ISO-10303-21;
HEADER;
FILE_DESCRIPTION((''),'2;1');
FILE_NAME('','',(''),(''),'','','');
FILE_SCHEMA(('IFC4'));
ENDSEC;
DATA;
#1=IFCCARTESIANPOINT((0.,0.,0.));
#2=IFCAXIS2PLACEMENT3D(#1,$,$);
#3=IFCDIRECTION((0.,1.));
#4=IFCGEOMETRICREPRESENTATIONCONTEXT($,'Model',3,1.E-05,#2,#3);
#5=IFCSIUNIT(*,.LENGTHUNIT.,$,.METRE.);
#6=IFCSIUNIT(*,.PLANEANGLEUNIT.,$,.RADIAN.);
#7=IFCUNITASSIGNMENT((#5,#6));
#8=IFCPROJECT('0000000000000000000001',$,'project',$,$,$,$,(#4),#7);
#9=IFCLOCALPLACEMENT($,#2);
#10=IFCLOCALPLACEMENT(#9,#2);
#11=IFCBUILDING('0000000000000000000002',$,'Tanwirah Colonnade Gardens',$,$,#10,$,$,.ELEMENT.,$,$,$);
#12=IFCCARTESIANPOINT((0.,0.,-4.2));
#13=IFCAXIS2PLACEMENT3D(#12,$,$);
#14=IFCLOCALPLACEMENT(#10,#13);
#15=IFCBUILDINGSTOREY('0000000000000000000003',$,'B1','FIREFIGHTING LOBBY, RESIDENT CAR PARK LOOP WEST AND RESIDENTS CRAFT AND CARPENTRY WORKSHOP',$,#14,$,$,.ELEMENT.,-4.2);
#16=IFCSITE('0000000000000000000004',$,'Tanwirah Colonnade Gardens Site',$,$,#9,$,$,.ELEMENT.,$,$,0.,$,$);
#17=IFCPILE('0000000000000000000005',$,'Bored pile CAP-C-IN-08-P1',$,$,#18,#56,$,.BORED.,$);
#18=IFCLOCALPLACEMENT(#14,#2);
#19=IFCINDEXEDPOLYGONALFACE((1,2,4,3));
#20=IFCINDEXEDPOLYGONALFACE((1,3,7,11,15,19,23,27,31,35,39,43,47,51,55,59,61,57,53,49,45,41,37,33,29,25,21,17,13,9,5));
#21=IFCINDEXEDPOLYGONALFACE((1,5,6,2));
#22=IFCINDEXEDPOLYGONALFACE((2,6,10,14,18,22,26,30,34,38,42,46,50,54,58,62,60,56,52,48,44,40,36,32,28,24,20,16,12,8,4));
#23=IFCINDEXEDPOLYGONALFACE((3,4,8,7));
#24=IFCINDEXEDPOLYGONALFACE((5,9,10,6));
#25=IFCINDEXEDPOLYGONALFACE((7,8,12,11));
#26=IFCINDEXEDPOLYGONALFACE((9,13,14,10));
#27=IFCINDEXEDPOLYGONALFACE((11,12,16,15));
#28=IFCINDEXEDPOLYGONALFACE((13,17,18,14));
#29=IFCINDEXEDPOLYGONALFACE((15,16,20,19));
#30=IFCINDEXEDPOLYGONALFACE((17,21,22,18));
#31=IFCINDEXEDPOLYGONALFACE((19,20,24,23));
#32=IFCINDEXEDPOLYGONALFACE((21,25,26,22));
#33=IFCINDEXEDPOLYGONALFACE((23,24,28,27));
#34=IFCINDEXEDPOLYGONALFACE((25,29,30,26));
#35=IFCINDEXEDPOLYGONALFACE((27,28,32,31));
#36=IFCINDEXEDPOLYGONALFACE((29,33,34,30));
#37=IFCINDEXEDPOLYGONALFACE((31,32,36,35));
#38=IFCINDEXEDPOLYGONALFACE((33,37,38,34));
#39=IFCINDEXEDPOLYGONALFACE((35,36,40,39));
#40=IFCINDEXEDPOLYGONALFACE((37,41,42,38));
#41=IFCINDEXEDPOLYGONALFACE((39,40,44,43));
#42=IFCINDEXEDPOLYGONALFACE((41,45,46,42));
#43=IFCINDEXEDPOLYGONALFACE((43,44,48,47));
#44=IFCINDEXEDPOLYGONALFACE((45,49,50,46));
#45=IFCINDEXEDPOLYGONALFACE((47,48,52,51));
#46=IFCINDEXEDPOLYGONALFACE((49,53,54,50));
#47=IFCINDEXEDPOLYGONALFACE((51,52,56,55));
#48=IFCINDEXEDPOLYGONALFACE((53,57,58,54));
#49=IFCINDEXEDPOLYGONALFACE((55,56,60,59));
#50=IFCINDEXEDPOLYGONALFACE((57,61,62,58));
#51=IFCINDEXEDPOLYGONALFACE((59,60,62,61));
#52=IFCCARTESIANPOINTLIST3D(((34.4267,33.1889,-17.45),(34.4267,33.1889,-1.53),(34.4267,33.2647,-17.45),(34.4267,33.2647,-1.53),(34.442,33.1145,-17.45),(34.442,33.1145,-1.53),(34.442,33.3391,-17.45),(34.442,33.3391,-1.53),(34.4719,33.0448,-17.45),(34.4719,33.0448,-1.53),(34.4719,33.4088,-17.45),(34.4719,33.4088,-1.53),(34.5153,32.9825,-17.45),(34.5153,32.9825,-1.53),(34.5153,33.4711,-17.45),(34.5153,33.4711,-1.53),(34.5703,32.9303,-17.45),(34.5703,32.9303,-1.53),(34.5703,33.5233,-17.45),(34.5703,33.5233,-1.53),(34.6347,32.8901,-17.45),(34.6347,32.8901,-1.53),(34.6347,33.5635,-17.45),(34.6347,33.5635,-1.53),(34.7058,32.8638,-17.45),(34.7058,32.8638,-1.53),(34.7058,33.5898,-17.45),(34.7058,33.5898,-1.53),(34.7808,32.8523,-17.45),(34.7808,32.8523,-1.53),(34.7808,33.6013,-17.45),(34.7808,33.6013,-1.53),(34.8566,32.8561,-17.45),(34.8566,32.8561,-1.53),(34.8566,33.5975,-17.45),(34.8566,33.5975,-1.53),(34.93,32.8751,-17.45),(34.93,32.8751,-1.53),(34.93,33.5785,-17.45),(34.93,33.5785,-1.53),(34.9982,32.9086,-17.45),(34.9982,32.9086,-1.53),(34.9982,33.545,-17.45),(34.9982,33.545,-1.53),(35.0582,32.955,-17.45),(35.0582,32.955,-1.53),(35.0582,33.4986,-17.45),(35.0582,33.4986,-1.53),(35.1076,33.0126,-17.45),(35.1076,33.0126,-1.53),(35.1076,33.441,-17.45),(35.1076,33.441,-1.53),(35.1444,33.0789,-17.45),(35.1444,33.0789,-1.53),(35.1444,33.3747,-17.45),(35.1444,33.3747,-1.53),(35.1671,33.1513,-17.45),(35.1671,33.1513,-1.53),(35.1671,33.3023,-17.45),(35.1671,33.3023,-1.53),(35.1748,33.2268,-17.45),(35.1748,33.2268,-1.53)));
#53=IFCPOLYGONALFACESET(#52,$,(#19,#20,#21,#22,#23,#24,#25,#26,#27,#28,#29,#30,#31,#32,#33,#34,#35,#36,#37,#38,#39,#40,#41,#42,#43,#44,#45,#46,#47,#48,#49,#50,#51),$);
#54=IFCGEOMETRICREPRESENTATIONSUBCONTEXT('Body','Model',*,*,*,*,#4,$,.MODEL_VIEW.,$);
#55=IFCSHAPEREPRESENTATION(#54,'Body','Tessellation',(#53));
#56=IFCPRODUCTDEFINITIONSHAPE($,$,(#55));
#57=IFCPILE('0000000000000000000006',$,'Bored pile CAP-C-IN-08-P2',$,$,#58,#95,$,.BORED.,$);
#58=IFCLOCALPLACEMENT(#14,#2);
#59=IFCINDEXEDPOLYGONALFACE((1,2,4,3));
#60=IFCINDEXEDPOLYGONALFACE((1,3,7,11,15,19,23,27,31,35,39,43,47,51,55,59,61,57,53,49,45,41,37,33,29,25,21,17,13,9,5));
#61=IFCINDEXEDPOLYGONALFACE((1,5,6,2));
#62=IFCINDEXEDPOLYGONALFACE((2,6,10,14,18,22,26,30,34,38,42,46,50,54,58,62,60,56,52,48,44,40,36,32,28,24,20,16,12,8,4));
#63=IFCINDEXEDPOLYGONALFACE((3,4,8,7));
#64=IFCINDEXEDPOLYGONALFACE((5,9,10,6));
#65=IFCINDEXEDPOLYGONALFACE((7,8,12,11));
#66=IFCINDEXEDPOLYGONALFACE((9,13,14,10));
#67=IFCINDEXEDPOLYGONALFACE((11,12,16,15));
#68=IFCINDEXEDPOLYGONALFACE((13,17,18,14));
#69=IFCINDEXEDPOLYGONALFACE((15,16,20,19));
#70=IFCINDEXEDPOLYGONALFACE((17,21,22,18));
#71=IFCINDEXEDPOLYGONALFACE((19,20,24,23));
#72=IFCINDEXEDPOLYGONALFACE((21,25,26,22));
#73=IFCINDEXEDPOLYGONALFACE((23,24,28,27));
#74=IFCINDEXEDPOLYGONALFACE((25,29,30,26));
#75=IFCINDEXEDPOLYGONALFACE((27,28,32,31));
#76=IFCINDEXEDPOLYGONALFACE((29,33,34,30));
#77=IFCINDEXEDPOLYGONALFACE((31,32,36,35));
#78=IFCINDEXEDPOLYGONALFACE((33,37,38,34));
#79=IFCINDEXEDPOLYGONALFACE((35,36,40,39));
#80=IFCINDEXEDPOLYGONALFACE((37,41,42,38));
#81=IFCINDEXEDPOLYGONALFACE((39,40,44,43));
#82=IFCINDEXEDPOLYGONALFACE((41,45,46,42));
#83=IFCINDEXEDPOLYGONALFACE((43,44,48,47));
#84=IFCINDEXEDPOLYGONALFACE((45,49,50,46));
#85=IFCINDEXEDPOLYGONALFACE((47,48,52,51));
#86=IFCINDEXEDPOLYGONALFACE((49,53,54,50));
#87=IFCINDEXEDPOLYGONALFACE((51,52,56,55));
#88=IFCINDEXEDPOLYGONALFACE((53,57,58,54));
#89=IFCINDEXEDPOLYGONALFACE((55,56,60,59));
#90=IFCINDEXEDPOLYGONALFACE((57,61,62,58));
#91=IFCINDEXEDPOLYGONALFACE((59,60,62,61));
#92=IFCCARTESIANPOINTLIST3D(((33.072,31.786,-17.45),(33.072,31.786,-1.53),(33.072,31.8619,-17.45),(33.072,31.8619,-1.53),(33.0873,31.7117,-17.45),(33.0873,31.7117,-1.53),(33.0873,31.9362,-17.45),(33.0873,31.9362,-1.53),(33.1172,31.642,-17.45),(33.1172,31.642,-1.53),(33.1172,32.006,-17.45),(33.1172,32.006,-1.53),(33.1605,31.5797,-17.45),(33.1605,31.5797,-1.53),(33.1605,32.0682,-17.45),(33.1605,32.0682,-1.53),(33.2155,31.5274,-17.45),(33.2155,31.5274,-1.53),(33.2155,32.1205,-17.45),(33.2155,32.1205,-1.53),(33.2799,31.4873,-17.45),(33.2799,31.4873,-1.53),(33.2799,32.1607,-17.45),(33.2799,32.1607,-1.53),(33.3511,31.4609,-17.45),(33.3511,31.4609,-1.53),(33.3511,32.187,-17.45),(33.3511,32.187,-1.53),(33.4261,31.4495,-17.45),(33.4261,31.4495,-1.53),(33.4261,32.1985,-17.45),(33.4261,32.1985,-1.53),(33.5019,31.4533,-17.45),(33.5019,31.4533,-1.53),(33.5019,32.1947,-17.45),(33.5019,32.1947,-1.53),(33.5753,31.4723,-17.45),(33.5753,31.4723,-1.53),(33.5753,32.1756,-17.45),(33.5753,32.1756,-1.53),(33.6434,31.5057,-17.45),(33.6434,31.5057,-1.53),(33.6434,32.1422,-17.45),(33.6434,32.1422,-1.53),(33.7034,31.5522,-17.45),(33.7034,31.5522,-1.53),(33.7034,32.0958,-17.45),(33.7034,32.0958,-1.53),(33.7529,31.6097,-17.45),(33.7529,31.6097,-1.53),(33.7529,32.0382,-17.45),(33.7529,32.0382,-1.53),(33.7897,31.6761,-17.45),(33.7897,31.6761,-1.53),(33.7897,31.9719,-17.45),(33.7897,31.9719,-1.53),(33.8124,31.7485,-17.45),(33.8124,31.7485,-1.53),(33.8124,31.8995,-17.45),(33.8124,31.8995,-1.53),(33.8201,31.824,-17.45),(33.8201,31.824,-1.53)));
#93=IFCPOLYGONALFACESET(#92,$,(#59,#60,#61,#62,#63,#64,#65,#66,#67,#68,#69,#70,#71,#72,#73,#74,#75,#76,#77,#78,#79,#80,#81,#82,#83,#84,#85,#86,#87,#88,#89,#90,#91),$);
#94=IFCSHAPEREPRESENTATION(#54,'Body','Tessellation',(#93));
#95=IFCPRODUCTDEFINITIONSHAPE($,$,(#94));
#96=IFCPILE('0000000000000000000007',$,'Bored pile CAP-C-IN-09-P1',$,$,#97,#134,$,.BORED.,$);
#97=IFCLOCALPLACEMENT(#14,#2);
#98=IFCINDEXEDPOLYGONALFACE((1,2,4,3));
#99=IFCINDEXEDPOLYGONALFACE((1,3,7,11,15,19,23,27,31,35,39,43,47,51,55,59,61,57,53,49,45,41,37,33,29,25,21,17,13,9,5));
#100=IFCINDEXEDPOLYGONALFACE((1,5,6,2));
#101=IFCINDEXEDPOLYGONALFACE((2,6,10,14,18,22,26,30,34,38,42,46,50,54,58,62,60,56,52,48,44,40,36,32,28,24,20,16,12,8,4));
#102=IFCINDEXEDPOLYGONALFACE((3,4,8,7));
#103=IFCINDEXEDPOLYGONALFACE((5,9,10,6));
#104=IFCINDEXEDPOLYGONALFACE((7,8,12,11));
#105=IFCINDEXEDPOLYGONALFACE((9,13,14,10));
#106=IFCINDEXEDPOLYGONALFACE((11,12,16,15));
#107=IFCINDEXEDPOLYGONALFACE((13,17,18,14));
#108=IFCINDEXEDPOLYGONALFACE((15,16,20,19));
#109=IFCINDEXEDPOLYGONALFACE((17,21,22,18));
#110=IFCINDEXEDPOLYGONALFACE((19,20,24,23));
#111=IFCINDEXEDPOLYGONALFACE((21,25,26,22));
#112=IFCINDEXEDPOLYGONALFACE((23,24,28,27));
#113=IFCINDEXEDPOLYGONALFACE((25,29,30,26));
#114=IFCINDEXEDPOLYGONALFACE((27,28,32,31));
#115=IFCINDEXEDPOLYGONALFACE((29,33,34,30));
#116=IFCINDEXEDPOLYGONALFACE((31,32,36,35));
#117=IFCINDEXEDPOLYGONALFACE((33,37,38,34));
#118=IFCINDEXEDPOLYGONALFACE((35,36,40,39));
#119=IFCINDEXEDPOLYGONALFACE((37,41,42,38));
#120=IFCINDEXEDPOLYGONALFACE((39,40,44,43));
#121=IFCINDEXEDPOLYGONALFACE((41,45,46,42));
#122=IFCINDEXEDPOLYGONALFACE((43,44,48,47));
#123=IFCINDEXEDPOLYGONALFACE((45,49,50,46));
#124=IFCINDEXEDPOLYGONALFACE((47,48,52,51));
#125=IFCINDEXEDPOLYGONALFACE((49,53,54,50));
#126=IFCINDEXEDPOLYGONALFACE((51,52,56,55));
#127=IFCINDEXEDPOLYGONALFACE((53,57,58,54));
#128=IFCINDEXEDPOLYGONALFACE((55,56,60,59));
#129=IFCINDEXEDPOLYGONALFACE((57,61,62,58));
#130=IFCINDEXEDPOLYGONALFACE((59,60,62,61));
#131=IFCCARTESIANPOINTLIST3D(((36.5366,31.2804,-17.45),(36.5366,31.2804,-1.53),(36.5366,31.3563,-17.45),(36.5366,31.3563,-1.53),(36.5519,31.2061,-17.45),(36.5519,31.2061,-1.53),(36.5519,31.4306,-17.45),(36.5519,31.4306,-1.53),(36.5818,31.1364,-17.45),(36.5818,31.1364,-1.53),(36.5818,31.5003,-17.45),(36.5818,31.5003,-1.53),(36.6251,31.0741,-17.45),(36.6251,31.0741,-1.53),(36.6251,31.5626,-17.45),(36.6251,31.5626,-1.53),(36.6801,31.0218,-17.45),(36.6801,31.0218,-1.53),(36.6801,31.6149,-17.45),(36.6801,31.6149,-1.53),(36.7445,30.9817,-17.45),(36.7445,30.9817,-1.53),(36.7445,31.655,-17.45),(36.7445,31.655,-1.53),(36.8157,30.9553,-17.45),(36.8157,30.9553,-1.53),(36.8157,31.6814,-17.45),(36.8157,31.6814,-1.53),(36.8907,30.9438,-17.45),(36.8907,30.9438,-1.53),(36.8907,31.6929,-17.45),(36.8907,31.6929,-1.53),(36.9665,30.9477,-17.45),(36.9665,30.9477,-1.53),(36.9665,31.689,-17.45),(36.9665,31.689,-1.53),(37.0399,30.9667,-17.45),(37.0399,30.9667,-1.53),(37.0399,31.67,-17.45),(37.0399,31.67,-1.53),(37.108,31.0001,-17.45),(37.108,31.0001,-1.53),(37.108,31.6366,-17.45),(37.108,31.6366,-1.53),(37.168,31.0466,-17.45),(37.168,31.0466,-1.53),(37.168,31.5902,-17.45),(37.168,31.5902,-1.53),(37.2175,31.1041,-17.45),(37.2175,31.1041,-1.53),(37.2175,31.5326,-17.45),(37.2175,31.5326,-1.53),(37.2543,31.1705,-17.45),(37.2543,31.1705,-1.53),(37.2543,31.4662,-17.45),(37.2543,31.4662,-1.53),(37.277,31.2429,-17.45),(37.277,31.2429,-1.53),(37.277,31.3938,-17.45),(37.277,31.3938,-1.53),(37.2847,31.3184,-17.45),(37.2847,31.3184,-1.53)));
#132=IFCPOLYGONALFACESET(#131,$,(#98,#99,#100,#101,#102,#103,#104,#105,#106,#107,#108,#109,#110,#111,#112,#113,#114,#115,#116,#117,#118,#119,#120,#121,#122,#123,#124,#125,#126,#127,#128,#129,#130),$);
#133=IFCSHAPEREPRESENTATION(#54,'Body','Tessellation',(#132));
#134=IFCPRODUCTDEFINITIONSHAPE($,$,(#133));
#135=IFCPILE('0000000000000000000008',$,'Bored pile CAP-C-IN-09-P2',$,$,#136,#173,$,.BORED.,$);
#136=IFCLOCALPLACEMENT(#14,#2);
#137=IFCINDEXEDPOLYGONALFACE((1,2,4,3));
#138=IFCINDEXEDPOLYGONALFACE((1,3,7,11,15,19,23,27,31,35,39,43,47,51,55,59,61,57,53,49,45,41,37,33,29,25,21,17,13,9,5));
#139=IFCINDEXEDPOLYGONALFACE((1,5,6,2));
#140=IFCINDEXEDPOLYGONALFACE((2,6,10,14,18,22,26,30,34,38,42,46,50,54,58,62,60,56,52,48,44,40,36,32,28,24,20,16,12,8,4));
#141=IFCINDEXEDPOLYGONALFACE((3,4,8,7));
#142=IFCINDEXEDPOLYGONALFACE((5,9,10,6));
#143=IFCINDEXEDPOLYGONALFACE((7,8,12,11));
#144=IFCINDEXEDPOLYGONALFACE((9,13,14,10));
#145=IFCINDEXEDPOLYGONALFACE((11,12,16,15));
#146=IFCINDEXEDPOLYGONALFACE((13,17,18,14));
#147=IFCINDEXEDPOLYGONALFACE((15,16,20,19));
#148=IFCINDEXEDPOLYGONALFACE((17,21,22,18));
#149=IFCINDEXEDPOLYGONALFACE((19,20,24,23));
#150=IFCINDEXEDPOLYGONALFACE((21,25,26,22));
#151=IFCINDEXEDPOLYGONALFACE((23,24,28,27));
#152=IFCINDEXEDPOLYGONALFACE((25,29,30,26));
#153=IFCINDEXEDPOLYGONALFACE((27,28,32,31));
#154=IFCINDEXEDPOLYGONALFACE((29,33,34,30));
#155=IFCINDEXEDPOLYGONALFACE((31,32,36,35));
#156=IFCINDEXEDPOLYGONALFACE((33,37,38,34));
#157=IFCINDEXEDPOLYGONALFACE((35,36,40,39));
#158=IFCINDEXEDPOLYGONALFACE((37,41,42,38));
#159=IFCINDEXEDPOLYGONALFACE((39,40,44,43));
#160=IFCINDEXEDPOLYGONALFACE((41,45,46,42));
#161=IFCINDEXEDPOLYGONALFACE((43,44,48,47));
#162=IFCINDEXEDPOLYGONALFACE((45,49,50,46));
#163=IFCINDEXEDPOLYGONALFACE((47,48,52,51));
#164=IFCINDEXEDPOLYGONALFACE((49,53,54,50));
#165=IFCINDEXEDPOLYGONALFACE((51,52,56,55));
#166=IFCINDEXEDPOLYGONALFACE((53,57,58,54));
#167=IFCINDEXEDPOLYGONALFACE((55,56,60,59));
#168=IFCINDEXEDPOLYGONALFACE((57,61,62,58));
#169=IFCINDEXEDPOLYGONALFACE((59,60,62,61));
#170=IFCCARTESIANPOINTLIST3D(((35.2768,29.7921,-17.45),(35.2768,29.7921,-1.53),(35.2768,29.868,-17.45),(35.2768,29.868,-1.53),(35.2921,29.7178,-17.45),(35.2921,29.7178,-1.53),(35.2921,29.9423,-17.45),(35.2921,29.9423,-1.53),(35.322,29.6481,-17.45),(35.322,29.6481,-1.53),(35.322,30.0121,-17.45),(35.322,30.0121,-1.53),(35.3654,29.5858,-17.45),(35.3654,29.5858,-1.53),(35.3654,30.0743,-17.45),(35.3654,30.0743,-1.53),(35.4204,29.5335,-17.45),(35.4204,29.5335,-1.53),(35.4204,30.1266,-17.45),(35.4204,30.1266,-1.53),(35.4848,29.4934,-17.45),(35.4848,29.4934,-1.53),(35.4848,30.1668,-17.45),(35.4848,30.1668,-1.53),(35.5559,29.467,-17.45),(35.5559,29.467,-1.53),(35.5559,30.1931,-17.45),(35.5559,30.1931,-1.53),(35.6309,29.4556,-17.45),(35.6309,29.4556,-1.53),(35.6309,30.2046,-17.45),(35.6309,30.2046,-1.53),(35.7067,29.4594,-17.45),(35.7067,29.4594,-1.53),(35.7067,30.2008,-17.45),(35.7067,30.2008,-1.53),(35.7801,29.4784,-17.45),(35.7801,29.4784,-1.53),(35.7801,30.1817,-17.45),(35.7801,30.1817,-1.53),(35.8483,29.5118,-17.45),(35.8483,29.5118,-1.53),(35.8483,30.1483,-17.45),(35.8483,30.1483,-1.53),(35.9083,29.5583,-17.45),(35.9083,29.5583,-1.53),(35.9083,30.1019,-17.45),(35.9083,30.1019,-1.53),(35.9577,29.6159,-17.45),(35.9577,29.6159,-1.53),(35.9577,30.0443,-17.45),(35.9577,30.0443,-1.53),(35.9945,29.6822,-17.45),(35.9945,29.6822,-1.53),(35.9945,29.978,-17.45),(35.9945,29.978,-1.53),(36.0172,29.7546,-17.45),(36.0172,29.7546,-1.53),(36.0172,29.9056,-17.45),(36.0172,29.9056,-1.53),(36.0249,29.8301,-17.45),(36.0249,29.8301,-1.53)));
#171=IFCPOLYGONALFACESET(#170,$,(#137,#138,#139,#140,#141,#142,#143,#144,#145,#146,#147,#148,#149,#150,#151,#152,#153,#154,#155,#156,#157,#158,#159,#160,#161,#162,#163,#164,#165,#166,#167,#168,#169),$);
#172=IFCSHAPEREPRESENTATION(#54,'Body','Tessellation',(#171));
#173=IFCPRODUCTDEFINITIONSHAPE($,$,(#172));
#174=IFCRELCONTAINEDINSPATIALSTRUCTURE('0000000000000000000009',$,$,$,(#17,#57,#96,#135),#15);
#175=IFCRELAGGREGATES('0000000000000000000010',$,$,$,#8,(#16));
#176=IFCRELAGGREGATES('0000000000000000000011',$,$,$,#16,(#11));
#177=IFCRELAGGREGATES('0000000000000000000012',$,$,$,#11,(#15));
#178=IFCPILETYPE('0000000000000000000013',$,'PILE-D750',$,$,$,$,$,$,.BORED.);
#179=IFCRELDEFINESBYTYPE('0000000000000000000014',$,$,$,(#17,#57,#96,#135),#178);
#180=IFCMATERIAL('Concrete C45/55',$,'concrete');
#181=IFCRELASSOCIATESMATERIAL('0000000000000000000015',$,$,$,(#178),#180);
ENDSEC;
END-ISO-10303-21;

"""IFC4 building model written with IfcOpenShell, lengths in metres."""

from ifc_helpers import new_model, si_unit, direction, frame, origin, origin_2d, place, context, subcontext, project, spatial, circle, extrude, material, material_profile, profile_set, type_object, element, save


model = new_model("IFC4")

# Units and contexts
model_context = context("Model", 3, precision=1e-05, world=origin(), true_north=direction((0.0, 1.0)))
body_context = subcontext(model_context, "Body", "Model", "MODEL_VIEW")
ifc_project = project(units=[si_unit("LENGTHUNIT", "METRE"), si_unit("PLANEANGLEUNIT", "RADIAN")], contexts=[model_context])

# Site, building, storey
site_placement = place(None, origin())
site = spatial("IfcSite", under=ifc_project, at=site_placement, Name="Tanwirah Colonnade Gardens Site", CompositionType="ELEMENT", RefElevation=0.0)
building_placement = place(site_placement, origin())
building = spatial("IfcBuilding", under=site, at=building_placement, Name="Tanwirah Colonnade Gardens", CompositionType="ELEMENT")
storey_placement = place(building_placement, frame((0.0, 0.0, -4.2)))
storey = spatial("IfcBuildingStorey", under=building, at=storey_placement, Name="B1", Description="FIREFIGHTING LOBBY, RESIDENT CAR PARK LOOP WEST AND RESIDENTS CRAFT AND CARPENTRY WORKSHOP", CompositionType="ELEMENT", Elevation=-4.2)

# Shared definitions
ifc_material_1 = material(Name="Concrete C45/55", Category="concrete")

# Piles
ifc_material_profile_1 = material_profile(ifc_material_1, circle(Radius=0.375, at=origin_2d()), Name="PILE D750")
ifc_profile_set_1 = profile_set([ifc_material_profile_1], Name="Concrete C45/55")
pile_type_1 = type_object("IfcPileType", Name="PILE-D750", PredefinedType="BORED", material=ifc_profile_set_1)
for number, where, z_axis, x_axis, name in (
    (1, (34.7998, 33.2268, -1.53), (0.0, 0.0, -1.0), (1.0, 0.0, 0.0), "Bored pile CAP-C-IN-08-P1"),
    (2, (33.4451, 31.824, -1.53), (0.0, 0.0, -1.0), (1.0, 0.0, 0.0), "Bored pile CAP-C-IN-08-P2"),
    (3, (36.9097, 31.3184, -1.53), (0.0, 0.0, -1.0), (1.0, 0.0, 0.0), "Bored pile CAP-C-IN-09-P1"),
    (4, (35.6499, 29.8301, -1.53), (0.0, 0.0, -1.0), (1.0, 0.0, 0.0), "Bored pile CAP-C-IN-09-P2"),
):
    element("IfcPile", number, at=place(storey_placement, frame(where, z_axis=z_axis, x_axis=x_axis)), inside=storey, type_object=pile_type_1, Name=name, PredefinedType="BORED", context=body_context, shape_type="SweptSolid", body=[
        extrude(circle(Radius=0.375, at=origin_2d()), origin(), (0.0, 0.0, 1.0), 15.9199),
    ])

save(model, "model.ifc")
